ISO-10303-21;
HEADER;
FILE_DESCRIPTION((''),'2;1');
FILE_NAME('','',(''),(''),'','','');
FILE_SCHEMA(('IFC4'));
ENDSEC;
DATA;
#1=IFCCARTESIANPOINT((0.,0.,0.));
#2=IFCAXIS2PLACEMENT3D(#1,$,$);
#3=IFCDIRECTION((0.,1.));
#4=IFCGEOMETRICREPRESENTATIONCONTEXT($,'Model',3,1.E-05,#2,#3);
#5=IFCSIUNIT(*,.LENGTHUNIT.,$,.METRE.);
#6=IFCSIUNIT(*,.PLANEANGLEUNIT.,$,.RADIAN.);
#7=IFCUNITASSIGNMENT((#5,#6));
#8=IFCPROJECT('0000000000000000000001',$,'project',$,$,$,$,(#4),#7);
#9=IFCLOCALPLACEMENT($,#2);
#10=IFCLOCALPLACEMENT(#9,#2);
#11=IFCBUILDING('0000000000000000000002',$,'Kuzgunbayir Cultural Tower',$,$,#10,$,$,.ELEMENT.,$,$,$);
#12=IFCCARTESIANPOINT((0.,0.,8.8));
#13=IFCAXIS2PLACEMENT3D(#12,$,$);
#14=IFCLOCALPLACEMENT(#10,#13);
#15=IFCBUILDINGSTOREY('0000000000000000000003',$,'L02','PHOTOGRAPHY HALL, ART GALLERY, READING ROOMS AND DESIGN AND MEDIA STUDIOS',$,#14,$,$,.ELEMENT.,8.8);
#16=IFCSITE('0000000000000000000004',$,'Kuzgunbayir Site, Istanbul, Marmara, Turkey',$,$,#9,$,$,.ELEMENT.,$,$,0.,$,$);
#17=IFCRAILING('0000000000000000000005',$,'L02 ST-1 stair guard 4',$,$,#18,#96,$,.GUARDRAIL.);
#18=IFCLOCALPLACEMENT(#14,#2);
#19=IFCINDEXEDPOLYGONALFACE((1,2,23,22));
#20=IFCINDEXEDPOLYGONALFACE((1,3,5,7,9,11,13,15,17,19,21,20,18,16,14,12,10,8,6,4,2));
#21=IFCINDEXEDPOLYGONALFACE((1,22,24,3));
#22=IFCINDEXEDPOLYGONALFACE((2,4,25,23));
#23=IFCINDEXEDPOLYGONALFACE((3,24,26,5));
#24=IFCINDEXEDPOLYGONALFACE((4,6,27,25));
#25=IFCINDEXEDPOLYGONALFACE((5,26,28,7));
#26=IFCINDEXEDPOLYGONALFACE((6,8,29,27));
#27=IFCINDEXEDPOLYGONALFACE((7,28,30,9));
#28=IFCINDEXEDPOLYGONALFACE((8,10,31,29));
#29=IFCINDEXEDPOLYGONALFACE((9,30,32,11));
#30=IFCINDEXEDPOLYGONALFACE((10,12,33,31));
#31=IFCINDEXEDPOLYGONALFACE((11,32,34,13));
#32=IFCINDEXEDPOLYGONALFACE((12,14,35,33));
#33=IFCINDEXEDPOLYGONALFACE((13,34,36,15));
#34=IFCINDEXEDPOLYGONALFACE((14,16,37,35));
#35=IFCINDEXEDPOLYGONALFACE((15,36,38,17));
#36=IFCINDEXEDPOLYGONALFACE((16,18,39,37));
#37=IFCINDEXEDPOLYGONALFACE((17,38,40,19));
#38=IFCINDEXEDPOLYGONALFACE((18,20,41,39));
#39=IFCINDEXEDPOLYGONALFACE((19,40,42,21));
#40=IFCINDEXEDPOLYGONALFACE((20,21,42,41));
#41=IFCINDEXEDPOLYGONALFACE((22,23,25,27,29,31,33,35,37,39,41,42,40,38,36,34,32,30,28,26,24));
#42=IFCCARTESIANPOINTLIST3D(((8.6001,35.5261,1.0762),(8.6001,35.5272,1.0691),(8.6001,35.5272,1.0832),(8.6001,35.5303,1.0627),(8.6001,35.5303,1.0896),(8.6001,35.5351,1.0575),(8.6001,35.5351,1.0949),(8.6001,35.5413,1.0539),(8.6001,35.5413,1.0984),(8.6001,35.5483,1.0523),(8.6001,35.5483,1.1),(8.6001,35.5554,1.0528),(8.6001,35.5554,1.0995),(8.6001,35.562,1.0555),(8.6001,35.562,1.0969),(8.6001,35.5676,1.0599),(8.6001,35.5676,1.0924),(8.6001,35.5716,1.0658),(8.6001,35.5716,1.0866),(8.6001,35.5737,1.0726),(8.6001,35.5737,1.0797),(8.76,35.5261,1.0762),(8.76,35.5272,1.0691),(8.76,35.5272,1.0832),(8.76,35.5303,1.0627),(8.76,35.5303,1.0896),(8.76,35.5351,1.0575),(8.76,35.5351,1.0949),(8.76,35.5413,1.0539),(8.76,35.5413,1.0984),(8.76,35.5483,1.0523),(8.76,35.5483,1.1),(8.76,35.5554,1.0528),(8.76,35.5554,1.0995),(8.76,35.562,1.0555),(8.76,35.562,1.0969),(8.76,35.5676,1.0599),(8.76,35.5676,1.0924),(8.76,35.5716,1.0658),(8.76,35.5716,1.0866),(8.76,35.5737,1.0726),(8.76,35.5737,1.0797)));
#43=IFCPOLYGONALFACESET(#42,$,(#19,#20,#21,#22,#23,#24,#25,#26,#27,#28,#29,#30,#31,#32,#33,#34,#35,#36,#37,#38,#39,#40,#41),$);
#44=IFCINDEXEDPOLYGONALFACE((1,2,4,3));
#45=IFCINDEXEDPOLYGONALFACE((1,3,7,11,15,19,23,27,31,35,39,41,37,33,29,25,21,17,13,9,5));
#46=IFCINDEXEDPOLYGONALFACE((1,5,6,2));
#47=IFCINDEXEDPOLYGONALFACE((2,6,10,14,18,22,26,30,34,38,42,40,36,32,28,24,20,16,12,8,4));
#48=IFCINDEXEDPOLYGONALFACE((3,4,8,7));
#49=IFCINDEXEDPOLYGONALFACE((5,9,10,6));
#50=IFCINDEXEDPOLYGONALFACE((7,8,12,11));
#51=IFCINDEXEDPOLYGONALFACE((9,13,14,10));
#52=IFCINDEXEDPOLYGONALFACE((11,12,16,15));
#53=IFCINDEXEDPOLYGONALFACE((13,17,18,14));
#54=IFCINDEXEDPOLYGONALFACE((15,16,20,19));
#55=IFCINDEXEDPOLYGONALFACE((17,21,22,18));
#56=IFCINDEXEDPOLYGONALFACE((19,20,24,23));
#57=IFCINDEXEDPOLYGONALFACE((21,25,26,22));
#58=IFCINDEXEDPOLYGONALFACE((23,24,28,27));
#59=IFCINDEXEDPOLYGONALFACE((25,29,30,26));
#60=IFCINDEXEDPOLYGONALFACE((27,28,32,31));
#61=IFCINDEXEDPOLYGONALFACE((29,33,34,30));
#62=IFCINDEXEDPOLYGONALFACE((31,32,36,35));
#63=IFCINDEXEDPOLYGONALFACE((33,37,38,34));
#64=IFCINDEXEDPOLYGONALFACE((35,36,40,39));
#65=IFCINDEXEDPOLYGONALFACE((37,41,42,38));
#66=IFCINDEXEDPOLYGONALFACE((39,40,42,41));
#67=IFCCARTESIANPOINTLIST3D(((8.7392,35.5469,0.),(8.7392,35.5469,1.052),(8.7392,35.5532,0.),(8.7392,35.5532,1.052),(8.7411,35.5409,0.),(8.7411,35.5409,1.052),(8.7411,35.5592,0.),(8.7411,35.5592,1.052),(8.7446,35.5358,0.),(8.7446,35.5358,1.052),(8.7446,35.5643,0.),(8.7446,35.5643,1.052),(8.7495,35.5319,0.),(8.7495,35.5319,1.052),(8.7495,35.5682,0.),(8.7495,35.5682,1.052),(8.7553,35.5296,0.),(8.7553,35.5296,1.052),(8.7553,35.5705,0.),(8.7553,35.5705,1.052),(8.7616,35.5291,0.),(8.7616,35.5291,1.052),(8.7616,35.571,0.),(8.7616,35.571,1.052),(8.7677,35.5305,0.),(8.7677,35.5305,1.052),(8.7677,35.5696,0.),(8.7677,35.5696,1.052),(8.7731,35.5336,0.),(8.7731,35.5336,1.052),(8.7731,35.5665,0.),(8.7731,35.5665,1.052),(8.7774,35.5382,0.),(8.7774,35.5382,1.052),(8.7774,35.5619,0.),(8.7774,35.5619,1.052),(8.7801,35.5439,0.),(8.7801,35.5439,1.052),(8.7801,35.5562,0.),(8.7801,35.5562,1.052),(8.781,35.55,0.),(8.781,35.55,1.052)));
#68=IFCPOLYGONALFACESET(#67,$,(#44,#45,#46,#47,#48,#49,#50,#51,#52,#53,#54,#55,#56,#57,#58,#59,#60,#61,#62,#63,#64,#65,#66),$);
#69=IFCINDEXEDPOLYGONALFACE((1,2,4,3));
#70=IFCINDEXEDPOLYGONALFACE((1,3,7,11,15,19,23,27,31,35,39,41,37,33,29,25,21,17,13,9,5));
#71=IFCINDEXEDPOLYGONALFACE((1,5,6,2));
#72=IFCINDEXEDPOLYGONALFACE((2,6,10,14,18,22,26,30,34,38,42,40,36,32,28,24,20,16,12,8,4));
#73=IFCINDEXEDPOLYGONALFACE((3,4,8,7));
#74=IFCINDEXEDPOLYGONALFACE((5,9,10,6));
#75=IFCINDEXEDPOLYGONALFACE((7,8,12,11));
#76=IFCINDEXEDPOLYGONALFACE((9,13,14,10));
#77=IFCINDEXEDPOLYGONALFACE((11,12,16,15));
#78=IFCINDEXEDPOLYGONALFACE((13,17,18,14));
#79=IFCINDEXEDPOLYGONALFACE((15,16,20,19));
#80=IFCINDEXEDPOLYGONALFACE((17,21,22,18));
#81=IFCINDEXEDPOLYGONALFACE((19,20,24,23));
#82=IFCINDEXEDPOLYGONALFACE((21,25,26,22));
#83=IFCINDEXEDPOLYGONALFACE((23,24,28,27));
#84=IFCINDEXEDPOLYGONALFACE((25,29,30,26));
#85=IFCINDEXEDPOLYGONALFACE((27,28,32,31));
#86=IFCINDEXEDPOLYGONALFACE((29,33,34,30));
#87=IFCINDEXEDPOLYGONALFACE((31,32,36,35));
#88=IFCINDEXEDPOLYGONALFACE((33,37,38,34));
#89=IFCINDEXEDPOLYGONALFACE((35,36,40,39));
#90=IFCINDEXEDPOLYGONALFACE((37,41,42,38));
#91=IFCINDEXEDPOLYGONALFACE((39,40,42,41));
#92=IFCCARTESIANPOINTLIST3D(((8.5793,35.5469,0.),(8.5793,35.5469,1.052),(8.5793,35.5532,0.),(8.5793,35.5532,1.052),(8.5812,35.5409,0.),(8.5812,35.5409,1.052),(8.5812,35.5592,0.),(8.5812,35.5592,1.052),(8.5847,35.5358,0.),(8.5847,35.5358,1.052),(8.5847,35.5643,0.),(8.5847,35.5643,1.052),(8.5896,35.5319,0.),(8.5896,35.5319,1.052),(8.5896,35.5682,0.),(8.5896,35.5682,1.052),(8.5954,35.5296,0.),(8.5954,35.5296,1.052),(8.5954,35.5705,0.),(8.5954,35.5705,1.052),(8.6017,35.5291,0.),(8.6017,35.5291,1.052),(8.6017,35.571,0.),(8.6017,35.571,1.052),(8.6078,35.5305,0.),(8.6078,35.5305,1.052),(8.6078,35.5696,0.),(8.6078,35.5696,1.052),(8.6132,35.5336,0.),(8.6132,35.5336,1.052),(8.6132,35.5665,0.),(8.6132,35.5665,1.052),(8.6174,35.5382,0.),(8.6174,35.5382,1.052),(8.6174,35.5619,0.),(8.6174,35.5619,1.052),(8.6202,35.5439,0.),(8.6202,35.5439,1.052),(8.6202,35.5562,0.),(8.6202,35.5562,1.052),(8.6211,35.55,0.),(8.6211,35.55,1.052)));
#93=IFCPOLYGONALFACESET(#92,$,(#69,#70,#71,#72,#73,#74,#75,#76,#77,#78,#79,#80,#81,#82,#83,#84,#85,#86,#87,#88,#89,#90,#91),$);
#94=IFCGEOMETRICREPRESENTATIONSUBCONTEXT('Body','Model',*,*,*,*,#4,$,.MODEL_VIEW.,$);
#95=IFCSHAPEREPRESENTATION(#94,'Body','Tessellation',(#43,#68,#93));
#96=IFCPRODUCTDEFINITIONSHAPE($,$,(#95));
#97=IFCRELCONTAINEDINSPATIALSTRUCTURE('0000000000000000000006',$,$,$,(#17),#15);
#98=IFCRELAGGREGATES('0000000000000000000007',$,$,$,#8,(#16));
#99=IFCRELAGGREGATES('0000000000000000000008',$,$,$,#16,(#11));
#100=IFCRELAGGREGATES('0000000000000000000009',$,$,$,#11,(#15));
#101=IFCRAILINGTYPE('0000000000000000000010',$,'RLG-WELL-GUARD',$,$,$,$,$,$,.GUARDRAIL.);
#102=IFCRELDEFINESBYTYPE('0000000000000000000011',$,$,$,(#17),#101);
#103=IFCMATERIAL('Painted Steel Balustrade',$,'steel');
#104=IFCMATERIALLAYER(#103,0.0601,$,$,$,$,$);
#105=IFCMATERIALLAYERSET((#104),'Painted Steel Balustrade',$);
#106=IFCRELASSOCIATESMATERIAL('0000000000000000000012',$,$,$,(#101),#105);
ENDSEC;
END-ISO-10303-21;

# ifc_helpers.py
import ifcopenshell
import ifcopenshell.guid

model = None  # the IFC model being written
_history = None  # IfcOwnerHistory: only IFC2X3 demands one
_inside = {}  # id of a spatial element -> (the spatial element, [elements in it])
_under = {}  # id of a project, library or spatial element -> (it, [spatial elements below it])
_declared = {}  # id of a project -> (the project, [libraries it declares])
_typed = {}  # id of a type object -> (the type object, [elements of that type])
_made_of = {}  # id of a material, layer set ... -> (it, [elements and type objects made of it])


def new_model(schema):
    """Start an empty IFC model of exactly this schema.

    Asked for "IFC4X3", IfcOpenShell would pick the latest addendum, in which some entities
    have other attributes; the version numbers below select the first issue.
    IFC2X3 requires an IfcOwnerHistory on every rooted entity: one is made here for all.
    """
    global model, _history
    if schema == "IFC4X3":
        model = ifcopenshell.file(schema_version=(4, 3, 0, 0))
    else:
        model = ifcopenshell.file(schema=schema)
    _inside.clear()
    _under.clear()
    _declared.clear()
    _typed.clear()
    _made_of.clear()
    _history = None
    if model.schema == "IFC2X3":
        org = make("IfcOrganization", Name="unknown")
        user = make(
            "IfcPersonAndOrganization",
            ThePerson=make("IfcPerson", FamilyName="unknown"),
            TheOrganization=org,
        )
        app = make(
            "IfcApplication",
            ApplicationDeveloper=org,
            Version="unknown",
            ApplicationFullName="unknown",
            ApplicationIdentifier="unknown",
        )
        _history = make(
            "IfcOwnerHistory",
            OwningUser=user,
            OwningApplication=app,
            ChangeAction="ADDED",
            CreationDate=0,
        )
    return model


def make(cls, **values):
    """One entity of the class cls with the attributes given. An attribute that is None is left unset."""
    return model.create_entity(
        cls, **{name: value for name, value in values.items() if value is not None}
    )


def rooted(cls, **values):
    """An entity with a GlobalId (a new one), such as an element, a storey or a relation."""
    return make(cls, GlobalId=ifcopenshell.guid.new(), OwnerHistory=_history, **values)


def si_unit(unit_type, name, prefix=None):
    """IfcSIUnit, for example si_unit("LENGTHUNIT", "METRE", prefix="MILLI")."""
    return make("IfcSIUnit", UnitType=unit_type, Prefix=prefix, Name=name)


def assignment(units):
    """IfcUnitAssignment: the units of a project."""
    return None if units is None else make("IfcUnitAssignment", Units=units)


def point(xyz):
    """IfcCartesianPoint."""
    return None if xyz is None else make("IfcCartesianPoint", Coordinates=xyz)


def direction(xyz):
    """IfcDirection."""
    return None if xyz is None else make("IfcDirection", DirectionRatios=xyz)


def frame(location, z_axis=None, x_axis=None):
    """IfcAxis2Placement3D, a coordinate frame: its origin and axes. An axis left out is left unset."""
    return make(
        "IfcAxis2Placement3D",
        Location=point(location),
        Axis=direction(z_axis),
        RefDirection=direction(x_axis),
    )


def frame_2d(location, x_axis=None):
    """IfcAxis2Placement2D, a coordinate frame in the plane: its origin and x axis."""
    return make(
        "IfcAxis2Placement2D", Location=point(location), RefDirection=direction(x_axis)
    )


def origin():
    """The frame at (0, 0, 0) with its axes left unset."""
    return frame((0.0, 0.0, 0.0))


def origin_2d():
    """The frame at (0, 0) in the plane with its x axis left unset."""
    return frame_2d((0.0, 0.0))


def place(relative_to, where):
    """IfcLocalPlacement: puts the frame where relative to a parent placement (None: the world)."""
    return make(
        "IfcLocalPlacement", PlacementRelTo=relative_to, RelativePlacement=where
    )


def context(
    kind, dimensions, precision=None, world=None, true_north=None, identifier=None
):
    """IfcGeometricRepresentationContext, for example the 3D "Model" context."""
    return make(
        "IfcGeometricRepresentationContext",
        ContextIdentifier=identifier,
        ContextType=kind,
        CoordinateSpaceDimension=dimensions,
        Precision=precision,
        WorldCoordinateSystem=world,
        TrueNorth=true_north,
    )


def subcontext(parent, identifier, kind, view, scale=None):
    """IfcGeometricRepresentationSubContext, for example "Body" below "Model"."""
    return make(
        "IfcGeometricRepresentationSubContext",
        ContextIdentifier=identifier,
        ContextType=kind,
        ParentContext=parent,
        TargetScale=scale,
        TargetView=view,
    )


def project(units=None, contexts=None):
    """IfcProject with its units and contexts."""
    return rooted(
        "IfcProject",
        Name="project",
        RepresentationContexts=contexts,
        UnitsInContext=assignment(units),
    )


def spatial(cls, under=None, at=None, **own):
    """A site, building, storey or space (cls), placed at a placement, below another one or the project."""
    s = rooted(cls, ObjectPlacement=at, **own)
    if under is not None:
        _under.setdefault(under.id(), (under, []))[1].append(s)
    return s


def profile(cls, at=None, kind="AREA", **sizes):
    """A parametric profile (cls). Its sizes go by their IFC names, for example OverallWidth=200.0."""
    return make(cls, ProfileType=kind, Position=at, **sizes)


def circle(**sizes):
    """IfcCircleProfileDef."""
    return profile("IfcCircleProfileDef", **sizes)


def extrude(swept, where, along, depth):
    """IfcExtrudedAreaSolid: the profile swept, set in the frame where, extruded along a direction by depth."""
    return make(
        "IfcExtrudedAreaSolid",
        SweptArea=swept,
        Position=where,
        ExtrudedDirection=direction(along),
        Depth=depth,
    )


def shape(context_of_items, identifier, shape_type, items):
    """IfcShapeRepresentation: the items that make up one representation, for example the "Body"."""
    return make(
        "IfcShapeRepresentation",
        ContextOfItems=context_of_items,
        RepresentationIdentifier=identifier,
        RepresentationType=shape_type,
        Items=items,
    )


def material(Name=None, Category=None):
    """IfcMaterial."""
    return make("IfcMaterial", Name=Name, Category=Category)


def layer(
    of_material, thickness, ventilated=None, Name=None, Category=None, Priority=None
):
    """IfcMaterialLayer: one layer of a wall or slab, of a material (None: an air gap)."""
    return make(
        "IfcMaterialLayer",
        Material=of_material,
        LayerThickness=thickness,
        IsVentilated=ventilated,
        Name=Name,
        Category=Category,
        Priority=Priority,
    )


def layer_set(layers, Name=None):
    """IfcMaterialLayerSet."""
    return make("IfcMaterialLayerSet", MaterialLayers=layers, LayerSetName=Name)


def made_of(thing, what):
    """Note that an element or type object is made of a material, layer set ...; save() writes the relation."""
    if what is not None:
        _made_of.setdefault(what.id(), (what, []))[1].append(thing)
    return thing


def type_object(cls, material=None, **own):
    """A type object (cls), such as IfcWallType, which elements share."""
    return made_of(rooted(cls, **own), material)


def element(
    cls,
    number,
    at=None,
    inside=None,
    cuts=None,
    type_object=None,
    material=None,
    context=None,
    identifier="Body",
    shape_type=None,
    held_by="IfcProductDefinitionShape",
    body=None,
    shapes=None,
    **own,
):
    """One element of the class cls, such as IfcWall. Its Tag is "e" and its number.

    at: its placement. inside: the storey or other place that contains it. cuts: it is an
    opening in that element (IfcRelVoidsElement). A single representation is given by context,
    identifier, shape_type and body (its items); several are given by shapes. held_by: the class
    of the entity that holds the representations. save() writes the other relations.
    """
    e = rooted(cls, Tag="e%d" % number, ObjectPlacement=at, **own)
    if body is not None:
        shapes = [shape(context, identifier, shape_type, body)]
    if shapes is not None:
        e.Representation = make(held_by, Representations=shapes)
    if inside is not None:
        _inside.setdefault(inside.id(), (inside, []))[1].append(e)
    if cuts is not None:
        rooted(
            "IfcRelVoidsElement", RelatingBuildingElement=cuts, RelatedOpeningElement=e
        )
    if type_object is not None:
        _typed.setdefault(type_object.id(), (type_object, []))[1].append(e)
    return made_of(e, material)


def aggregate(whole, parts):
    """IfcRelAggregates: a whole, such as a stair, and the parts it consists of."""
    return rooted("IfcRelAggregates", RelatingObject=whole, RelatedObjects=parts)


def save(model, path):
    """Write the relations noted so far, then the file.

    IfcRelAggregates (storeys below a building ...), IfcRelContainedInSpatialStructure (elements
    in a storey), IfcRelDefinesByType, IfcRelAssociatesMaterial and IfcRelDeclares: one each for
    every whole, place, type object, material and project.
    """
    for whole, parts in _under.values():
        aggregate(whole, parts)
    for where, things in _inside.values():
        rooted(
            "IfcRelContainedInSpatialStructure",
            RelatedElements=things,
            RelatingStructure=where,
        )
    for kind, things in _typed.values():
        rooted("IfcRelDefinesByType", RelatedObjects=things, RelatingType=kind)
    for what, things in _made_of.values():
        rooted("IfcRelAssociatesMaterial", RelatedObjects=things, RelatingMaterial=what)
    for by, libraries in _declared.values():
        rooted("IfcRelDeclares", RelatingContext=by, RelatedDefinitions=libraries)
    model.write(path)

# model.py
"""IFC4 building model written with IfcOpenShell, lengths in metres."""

from ifc_helpers import new_model, si_unit, direction, frame, origin, origin_2d, place, context, subcontext, project, spatial, circle, extrude, material, layer, layer_set, type_object, element, save


model = new_model("IFC4")

# Units and contexts
model_context = context("Model", 3, precision=1e-05, world=origin(), true_north=direction((0.0, 1.0)))
body_context = subcontext(model_context, "Body", "Model", "MODEL_VIEW")
ifc_project = project(units=[si_unit("LENGTHUNIT", "METRE"), si_unit("PLANEANGLEUNIT", "RADIAN")], contexts=[model_context])

# Site, building, storey
site_placement = place(None, origin())
site = spatial("IfcSite", under=ifc_project, at=site_placement, Name="Kuzgunbayir Site, Istanbul, Marmara, Turkey", CompositionType="ELEMENT", RefElevation=0.0)
building_placement = place(site_placement, origin())
building = spatial("IfcBuilding", under=site, at=building_placement, Name="Kuzgunbayir Cultural Tower", CompositionType="ELEMENT")
storey_placement = place(building_placement, frame((0.0, 0.0, 8.8)))
storey = spatial("IfcBuildingStorey", under=building, at=storey_placement, Name="L02", Description="PHOTOGRAPHY HALL, ART GALLERY, READING ROOMS AND DESIGN AND MEDIA STUDIOS", CompositionType="ELEMENT", Elevation=8.8)

# Railing
ifc_material_1 = material(Name="Painted Steel Balustrade", Category="steel")
ifc_layer_1 = layer(ifc_material_1, 0.0601)
ifc_layer_set_1 = layer_set([ifc_layer_1], Name="Painted Steel Balustrade")
railing_type_1 = type_object("IfcRailingType", Name="RLG-WELL-GUARD", PredefinedType="GUARDRAIL", material=ifc_layer_set_1)
railing_1_placement = place(storey_placement, frame((8.76, 35.55, 0.0)))
element("IfcRailing", 1, at=railing_1_placement, inside=storey, type_object=railing_type_1, Name="L02 ST-1 stair guard 4", PredefinedType="GUARDRAIL", context=body_context, shape_type="SweptSolid", body=[
    extrude(circle(Radius=0.0239, at=origin_2d()), frame((0.0, 0.0, 1.0762), z_axis=(-1.0, 0.0, 0.0), x_axis=(0.0, -1.0, 0.0)), (0.0, 0.0, 1.0), 0.1599),
    extrude(circle(Radius=0.021, at=origin_2d()), origin(), (0.0, 0.0, 1.0), 1.052),
    extrude(circle(Radius=0.021, at=origin_2d()), frame((-0.1599, 0.0, 0.0)), (0.0, 0.0, 1.0), 1.052),
])

save(model, "model.ifc")
